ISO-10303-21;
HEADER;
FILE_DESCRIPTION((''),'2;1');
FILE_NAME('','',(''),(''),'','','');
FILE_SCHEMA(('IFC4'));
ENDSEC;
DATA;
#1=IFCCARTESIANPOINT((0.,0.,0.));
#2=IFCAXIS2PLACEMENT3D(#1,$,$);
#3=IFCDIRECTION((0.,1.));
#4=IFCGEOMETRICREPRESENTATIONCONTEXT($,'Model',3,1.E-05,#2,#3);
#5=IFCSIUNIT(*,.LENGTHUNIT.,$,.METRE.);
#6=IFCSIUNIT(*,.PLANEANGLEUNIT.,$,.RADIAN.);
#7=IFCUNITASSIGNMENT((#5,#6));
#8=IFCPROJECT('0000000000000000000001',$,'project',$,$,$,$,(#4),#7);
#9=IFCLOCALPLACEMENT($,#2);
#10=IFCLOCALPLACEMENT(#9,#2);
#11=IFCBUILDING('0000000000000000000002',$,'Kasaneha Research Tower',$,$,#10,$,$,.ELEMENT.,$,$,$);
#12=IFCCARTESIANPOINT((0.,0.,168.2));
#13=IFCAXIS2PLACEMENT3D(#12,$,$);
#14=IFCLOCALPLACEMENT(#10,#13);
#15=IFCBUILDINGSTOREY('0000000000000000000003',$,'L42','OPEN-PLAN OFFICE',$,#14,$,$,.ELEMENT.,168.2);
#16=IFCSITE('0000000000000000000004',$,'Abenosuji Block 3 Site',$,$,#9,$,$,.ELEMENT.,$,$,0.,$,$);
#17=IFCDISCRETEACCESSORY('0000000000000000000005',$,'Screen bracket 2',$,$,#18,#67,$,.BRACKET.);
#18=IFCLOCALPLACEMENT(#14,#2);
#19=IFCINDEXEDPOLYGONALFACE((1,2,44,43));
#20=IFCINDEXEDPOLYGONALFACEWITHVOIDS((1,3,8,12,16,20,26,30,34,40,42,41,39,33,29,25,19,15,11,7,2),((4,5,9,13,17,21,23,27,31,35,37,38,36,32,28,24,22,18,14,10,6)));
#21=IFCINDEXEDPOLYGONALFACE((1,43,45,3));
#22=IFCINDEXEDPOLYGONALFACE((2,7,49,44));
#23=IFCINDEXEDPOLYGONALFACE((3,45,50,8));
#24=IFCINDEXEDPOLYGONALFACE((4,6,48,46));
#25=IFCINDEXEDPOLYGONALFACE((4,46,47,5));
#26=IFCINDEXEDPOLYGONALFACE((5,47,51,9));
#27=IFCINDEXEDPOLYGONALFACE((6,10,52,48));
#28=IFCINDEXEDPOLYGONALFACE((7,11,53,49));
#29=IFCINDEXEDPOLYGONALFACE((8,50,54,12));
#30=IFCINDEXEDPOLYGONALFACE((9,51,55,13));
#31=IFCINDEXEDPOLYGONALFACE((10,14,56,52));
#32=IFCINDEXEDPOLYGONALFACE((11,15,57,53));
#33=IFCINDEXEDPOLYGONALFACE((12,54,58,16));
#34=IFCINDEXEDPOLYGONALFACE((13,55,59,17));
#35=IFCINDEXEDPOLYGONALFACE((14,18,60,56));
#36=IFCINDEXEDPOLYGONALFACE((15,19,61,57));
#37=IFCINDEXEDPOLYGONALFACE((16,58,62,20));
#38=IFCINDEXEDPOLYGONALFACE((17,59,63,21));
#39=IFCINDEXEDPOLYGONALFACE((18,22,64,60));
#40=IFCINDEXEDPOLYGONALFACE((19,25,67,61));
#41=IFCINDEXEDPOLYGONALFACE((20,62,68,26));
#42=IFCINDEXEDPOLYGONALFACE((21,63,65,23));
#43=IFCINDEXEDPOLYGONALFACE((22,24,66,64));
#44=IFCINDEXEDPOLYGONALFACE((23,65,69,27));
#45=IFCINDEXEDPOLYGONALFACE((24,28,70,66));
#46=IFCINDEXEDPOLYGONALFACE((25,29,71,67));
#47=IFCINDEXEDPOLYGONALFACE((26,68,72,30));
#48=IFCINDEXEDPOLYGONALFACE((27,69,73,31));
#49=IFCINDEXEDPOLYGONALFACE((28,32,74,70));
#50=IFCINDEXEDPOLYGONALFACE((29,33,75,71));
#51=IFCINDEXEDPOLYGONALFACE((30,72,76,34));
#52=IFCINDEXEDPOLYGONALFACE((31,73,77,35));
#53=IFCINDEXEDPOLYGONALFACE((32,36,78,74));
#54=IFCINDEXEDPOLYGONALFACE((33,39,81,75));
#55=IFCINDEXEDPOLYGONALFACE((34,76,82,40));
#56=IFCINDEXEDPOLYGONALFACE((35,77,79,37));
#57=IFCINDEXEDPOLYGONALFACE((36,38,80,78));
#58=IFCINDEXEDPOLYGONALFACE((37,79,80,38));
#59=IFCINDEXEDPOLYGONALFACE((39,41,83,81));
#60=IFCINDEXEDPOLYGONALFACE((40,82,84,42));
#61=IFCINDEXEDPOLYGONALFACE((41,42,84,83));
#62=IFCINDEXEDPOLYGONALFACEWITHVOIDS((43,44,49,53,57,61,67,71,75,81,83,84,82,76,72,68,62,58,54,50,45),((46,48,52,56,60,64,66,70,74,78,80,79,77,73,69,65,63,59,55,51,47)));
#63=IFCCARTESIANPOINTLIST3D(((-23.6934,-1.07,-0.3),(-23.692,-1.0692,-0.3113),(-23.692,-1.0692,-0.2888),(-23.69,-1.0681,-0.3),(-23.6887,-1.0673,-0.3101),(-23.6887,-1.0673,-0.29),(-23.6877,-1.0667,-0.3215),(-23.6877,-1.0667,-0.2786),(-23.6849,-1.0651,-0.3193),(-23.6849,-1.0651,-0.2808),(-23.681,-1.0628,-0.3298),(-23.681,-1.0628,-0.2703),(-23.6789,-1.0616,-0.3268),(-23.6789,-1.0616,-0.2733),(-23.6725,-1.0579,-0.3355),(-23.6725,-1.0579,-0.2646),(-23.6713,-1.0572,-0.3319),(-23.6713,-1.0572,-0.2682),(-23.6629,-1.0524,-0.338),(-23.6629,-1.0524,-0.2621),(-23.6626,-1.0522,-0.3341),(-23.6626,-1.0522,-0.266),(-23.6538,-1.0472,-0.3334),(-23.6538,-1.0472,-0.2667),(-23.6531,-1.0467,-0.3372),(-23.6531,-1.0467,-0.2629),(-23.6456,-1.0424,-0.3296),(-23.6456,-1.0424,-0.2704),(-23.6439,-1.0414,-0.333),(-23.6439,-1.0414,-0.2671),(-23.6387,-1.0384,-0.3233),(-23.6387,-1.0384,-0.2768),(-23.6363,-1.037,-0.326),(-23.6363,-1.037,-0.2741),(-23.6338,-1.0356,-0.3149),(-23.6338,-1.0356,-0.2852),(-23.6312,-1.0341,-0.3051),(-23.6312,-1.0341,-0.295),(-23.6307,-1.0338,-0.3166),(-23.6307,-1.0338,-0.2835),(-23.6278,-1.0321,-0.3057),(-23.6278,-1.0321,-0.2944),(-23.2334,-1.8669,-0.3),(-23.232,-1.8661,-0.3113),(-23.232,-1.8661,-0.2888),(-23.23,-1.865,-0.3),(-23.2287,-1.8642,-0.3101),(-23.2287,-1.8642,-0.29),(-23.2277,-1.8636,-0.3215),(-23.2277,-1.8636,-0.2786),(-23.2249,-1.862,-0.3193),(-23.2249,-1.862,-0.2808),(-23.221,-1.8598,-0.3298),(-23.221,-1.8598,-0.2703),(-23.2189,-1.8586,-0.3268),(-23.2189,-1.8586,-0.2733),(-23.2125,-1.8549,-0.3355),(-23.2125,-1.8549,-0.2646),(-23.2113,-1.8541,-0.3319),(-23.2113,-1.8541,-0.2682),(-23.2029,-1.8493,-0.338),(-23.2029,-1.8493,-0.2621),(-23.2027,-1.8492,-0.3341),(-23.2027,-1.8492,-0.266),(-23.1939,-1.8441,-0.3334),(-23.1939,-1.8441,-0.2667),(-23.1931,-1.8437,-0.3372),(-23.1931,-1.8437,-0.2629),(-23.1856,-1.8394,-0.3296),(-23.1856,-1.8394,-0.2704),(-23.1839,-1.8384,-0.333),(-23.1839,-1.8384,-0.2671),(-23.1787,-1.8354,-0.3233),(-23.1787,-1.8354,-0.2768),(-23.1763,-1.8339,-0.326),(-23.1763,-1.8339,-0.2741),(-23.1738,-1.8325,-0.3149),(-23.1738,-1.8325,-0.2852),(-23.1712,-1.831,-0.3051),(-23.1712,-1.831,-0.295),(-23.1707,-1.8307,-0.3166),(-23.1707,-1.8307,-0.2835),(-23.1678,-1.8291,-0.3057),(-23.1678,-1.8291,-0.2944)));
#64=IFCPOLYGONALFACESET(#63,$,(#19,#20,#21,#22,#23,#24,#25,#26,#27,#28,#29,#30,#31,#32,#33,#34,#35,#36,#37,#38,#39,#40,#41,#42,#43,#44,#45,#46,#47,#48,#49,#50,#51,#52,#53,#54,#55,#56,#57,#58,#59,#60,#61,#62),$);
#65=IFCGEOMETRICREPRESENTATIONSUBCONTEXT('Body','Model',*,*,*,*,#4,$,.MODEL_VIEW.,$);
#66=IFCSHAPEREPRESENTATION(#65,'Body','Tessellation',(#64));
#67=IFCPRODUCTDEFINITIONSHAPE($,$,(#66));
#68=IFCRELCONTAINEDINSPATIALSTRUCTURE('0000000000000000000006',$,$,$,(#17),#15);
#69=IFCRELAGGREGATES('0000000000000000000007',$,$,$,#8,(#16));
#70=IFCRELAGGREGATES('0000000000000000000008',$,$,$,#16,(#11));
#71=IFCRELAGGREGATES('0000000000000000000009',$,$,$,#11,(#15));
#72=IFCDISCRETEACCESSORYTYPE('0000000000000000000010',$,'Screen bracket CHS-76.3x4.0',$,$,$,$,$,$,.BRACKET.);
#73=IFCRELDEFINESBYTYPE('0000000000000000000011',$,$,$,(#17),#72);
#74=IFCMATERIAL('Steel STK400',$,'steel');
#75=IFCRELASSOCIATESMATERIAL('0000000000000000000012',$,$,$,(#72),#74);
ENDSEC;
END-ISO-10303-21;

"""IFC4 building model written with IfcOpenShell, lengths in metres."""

from ifc_helpers import new_model, si_unit, direction, frame, origin, origin_2d, place, context, subcontext, project, spatial, hollow_circle, extrude, material, material_profile, profile_set, type_object, element, save


model = new_model("IFC4")

# Units and contexts
model_context = context("Model", 3, precision=1e-05, world=origin(), true_north=direction((0.0, 1.0)))
body_context = subcontext(model_context, "Body", "Model", "MODEL_VIEW")
ifc_project = project(units=[si_unit("LENGTHUNIT", "METRE"), si_unit("PLANEANGLEUNIT", "RADIAN")], contexts=[model_context])

# Site, building, storey
site_placement = place(None, origin())
site = spatial("IfcSite", under=ifc_project, at=site_placement, Name="Abenosuji Block 3 Site", CompositionType="ELEMENT", RefElevation=0.0)
building_placement = place(site_placement, origin())
building = spatial("IfcBuilding", under=site, at=building_placement, Name="Kasaneha Research Tower", CompositionType="ELEMENT")
storey_placement = place(building_placement, frame((0.0, 0.0, 168.2)))
storey = spatial("IfcBuildingStorey", under=building, at=storey_placement, Name="L42", Description="OPEN-PLAN OFFICE", CompositionType="ELEMENT", Elevation=168.2)

# Discrete accessory
ifc_material_1 = material(Name="Steel STK400", Category="steel")
ifc_material_profile_1 = material_profile(ifc_material_1, hollow_circle(Radius=0.0381, WallThickness=0.0039, at=origin_2d()), Name="CHS-76.3x4.0")
ifc_profile_set_1 = profile_set([ifc_material_profile_1], Name="Steel STK400")
discrete_accessory_type = type_object("IfcDiscreteAccessoryType", Name="Screen bracket CHS-76.3x4.0", PredefinedType="BRACKET", material=ifc_profile_set_1)
discrete_accessory_placement = place(storey_placement, frame((-23.2004, -1.8479, -0.3), z_axis=(-0.499906, 0.86608, 0.0), x_axis=(-0.86608, -0.499906, 0.0)))
element("IfcDiscreteAccessory", 1, at=discrete_accessory_placement, inside=storey, type_object=discrete_accessory_type, Name="Screen bracket 2", PredefinedType="BRACKET", context=body_context, shape_type="SweptSolid", body=[
    extrude(hollow_circle(Radius=0.0381, WallThickness=0.0039, at=origin_2d()), origin(), (0.0, 0.0, 1.0), 0.9202),
])

save(model, "model.ifc")
